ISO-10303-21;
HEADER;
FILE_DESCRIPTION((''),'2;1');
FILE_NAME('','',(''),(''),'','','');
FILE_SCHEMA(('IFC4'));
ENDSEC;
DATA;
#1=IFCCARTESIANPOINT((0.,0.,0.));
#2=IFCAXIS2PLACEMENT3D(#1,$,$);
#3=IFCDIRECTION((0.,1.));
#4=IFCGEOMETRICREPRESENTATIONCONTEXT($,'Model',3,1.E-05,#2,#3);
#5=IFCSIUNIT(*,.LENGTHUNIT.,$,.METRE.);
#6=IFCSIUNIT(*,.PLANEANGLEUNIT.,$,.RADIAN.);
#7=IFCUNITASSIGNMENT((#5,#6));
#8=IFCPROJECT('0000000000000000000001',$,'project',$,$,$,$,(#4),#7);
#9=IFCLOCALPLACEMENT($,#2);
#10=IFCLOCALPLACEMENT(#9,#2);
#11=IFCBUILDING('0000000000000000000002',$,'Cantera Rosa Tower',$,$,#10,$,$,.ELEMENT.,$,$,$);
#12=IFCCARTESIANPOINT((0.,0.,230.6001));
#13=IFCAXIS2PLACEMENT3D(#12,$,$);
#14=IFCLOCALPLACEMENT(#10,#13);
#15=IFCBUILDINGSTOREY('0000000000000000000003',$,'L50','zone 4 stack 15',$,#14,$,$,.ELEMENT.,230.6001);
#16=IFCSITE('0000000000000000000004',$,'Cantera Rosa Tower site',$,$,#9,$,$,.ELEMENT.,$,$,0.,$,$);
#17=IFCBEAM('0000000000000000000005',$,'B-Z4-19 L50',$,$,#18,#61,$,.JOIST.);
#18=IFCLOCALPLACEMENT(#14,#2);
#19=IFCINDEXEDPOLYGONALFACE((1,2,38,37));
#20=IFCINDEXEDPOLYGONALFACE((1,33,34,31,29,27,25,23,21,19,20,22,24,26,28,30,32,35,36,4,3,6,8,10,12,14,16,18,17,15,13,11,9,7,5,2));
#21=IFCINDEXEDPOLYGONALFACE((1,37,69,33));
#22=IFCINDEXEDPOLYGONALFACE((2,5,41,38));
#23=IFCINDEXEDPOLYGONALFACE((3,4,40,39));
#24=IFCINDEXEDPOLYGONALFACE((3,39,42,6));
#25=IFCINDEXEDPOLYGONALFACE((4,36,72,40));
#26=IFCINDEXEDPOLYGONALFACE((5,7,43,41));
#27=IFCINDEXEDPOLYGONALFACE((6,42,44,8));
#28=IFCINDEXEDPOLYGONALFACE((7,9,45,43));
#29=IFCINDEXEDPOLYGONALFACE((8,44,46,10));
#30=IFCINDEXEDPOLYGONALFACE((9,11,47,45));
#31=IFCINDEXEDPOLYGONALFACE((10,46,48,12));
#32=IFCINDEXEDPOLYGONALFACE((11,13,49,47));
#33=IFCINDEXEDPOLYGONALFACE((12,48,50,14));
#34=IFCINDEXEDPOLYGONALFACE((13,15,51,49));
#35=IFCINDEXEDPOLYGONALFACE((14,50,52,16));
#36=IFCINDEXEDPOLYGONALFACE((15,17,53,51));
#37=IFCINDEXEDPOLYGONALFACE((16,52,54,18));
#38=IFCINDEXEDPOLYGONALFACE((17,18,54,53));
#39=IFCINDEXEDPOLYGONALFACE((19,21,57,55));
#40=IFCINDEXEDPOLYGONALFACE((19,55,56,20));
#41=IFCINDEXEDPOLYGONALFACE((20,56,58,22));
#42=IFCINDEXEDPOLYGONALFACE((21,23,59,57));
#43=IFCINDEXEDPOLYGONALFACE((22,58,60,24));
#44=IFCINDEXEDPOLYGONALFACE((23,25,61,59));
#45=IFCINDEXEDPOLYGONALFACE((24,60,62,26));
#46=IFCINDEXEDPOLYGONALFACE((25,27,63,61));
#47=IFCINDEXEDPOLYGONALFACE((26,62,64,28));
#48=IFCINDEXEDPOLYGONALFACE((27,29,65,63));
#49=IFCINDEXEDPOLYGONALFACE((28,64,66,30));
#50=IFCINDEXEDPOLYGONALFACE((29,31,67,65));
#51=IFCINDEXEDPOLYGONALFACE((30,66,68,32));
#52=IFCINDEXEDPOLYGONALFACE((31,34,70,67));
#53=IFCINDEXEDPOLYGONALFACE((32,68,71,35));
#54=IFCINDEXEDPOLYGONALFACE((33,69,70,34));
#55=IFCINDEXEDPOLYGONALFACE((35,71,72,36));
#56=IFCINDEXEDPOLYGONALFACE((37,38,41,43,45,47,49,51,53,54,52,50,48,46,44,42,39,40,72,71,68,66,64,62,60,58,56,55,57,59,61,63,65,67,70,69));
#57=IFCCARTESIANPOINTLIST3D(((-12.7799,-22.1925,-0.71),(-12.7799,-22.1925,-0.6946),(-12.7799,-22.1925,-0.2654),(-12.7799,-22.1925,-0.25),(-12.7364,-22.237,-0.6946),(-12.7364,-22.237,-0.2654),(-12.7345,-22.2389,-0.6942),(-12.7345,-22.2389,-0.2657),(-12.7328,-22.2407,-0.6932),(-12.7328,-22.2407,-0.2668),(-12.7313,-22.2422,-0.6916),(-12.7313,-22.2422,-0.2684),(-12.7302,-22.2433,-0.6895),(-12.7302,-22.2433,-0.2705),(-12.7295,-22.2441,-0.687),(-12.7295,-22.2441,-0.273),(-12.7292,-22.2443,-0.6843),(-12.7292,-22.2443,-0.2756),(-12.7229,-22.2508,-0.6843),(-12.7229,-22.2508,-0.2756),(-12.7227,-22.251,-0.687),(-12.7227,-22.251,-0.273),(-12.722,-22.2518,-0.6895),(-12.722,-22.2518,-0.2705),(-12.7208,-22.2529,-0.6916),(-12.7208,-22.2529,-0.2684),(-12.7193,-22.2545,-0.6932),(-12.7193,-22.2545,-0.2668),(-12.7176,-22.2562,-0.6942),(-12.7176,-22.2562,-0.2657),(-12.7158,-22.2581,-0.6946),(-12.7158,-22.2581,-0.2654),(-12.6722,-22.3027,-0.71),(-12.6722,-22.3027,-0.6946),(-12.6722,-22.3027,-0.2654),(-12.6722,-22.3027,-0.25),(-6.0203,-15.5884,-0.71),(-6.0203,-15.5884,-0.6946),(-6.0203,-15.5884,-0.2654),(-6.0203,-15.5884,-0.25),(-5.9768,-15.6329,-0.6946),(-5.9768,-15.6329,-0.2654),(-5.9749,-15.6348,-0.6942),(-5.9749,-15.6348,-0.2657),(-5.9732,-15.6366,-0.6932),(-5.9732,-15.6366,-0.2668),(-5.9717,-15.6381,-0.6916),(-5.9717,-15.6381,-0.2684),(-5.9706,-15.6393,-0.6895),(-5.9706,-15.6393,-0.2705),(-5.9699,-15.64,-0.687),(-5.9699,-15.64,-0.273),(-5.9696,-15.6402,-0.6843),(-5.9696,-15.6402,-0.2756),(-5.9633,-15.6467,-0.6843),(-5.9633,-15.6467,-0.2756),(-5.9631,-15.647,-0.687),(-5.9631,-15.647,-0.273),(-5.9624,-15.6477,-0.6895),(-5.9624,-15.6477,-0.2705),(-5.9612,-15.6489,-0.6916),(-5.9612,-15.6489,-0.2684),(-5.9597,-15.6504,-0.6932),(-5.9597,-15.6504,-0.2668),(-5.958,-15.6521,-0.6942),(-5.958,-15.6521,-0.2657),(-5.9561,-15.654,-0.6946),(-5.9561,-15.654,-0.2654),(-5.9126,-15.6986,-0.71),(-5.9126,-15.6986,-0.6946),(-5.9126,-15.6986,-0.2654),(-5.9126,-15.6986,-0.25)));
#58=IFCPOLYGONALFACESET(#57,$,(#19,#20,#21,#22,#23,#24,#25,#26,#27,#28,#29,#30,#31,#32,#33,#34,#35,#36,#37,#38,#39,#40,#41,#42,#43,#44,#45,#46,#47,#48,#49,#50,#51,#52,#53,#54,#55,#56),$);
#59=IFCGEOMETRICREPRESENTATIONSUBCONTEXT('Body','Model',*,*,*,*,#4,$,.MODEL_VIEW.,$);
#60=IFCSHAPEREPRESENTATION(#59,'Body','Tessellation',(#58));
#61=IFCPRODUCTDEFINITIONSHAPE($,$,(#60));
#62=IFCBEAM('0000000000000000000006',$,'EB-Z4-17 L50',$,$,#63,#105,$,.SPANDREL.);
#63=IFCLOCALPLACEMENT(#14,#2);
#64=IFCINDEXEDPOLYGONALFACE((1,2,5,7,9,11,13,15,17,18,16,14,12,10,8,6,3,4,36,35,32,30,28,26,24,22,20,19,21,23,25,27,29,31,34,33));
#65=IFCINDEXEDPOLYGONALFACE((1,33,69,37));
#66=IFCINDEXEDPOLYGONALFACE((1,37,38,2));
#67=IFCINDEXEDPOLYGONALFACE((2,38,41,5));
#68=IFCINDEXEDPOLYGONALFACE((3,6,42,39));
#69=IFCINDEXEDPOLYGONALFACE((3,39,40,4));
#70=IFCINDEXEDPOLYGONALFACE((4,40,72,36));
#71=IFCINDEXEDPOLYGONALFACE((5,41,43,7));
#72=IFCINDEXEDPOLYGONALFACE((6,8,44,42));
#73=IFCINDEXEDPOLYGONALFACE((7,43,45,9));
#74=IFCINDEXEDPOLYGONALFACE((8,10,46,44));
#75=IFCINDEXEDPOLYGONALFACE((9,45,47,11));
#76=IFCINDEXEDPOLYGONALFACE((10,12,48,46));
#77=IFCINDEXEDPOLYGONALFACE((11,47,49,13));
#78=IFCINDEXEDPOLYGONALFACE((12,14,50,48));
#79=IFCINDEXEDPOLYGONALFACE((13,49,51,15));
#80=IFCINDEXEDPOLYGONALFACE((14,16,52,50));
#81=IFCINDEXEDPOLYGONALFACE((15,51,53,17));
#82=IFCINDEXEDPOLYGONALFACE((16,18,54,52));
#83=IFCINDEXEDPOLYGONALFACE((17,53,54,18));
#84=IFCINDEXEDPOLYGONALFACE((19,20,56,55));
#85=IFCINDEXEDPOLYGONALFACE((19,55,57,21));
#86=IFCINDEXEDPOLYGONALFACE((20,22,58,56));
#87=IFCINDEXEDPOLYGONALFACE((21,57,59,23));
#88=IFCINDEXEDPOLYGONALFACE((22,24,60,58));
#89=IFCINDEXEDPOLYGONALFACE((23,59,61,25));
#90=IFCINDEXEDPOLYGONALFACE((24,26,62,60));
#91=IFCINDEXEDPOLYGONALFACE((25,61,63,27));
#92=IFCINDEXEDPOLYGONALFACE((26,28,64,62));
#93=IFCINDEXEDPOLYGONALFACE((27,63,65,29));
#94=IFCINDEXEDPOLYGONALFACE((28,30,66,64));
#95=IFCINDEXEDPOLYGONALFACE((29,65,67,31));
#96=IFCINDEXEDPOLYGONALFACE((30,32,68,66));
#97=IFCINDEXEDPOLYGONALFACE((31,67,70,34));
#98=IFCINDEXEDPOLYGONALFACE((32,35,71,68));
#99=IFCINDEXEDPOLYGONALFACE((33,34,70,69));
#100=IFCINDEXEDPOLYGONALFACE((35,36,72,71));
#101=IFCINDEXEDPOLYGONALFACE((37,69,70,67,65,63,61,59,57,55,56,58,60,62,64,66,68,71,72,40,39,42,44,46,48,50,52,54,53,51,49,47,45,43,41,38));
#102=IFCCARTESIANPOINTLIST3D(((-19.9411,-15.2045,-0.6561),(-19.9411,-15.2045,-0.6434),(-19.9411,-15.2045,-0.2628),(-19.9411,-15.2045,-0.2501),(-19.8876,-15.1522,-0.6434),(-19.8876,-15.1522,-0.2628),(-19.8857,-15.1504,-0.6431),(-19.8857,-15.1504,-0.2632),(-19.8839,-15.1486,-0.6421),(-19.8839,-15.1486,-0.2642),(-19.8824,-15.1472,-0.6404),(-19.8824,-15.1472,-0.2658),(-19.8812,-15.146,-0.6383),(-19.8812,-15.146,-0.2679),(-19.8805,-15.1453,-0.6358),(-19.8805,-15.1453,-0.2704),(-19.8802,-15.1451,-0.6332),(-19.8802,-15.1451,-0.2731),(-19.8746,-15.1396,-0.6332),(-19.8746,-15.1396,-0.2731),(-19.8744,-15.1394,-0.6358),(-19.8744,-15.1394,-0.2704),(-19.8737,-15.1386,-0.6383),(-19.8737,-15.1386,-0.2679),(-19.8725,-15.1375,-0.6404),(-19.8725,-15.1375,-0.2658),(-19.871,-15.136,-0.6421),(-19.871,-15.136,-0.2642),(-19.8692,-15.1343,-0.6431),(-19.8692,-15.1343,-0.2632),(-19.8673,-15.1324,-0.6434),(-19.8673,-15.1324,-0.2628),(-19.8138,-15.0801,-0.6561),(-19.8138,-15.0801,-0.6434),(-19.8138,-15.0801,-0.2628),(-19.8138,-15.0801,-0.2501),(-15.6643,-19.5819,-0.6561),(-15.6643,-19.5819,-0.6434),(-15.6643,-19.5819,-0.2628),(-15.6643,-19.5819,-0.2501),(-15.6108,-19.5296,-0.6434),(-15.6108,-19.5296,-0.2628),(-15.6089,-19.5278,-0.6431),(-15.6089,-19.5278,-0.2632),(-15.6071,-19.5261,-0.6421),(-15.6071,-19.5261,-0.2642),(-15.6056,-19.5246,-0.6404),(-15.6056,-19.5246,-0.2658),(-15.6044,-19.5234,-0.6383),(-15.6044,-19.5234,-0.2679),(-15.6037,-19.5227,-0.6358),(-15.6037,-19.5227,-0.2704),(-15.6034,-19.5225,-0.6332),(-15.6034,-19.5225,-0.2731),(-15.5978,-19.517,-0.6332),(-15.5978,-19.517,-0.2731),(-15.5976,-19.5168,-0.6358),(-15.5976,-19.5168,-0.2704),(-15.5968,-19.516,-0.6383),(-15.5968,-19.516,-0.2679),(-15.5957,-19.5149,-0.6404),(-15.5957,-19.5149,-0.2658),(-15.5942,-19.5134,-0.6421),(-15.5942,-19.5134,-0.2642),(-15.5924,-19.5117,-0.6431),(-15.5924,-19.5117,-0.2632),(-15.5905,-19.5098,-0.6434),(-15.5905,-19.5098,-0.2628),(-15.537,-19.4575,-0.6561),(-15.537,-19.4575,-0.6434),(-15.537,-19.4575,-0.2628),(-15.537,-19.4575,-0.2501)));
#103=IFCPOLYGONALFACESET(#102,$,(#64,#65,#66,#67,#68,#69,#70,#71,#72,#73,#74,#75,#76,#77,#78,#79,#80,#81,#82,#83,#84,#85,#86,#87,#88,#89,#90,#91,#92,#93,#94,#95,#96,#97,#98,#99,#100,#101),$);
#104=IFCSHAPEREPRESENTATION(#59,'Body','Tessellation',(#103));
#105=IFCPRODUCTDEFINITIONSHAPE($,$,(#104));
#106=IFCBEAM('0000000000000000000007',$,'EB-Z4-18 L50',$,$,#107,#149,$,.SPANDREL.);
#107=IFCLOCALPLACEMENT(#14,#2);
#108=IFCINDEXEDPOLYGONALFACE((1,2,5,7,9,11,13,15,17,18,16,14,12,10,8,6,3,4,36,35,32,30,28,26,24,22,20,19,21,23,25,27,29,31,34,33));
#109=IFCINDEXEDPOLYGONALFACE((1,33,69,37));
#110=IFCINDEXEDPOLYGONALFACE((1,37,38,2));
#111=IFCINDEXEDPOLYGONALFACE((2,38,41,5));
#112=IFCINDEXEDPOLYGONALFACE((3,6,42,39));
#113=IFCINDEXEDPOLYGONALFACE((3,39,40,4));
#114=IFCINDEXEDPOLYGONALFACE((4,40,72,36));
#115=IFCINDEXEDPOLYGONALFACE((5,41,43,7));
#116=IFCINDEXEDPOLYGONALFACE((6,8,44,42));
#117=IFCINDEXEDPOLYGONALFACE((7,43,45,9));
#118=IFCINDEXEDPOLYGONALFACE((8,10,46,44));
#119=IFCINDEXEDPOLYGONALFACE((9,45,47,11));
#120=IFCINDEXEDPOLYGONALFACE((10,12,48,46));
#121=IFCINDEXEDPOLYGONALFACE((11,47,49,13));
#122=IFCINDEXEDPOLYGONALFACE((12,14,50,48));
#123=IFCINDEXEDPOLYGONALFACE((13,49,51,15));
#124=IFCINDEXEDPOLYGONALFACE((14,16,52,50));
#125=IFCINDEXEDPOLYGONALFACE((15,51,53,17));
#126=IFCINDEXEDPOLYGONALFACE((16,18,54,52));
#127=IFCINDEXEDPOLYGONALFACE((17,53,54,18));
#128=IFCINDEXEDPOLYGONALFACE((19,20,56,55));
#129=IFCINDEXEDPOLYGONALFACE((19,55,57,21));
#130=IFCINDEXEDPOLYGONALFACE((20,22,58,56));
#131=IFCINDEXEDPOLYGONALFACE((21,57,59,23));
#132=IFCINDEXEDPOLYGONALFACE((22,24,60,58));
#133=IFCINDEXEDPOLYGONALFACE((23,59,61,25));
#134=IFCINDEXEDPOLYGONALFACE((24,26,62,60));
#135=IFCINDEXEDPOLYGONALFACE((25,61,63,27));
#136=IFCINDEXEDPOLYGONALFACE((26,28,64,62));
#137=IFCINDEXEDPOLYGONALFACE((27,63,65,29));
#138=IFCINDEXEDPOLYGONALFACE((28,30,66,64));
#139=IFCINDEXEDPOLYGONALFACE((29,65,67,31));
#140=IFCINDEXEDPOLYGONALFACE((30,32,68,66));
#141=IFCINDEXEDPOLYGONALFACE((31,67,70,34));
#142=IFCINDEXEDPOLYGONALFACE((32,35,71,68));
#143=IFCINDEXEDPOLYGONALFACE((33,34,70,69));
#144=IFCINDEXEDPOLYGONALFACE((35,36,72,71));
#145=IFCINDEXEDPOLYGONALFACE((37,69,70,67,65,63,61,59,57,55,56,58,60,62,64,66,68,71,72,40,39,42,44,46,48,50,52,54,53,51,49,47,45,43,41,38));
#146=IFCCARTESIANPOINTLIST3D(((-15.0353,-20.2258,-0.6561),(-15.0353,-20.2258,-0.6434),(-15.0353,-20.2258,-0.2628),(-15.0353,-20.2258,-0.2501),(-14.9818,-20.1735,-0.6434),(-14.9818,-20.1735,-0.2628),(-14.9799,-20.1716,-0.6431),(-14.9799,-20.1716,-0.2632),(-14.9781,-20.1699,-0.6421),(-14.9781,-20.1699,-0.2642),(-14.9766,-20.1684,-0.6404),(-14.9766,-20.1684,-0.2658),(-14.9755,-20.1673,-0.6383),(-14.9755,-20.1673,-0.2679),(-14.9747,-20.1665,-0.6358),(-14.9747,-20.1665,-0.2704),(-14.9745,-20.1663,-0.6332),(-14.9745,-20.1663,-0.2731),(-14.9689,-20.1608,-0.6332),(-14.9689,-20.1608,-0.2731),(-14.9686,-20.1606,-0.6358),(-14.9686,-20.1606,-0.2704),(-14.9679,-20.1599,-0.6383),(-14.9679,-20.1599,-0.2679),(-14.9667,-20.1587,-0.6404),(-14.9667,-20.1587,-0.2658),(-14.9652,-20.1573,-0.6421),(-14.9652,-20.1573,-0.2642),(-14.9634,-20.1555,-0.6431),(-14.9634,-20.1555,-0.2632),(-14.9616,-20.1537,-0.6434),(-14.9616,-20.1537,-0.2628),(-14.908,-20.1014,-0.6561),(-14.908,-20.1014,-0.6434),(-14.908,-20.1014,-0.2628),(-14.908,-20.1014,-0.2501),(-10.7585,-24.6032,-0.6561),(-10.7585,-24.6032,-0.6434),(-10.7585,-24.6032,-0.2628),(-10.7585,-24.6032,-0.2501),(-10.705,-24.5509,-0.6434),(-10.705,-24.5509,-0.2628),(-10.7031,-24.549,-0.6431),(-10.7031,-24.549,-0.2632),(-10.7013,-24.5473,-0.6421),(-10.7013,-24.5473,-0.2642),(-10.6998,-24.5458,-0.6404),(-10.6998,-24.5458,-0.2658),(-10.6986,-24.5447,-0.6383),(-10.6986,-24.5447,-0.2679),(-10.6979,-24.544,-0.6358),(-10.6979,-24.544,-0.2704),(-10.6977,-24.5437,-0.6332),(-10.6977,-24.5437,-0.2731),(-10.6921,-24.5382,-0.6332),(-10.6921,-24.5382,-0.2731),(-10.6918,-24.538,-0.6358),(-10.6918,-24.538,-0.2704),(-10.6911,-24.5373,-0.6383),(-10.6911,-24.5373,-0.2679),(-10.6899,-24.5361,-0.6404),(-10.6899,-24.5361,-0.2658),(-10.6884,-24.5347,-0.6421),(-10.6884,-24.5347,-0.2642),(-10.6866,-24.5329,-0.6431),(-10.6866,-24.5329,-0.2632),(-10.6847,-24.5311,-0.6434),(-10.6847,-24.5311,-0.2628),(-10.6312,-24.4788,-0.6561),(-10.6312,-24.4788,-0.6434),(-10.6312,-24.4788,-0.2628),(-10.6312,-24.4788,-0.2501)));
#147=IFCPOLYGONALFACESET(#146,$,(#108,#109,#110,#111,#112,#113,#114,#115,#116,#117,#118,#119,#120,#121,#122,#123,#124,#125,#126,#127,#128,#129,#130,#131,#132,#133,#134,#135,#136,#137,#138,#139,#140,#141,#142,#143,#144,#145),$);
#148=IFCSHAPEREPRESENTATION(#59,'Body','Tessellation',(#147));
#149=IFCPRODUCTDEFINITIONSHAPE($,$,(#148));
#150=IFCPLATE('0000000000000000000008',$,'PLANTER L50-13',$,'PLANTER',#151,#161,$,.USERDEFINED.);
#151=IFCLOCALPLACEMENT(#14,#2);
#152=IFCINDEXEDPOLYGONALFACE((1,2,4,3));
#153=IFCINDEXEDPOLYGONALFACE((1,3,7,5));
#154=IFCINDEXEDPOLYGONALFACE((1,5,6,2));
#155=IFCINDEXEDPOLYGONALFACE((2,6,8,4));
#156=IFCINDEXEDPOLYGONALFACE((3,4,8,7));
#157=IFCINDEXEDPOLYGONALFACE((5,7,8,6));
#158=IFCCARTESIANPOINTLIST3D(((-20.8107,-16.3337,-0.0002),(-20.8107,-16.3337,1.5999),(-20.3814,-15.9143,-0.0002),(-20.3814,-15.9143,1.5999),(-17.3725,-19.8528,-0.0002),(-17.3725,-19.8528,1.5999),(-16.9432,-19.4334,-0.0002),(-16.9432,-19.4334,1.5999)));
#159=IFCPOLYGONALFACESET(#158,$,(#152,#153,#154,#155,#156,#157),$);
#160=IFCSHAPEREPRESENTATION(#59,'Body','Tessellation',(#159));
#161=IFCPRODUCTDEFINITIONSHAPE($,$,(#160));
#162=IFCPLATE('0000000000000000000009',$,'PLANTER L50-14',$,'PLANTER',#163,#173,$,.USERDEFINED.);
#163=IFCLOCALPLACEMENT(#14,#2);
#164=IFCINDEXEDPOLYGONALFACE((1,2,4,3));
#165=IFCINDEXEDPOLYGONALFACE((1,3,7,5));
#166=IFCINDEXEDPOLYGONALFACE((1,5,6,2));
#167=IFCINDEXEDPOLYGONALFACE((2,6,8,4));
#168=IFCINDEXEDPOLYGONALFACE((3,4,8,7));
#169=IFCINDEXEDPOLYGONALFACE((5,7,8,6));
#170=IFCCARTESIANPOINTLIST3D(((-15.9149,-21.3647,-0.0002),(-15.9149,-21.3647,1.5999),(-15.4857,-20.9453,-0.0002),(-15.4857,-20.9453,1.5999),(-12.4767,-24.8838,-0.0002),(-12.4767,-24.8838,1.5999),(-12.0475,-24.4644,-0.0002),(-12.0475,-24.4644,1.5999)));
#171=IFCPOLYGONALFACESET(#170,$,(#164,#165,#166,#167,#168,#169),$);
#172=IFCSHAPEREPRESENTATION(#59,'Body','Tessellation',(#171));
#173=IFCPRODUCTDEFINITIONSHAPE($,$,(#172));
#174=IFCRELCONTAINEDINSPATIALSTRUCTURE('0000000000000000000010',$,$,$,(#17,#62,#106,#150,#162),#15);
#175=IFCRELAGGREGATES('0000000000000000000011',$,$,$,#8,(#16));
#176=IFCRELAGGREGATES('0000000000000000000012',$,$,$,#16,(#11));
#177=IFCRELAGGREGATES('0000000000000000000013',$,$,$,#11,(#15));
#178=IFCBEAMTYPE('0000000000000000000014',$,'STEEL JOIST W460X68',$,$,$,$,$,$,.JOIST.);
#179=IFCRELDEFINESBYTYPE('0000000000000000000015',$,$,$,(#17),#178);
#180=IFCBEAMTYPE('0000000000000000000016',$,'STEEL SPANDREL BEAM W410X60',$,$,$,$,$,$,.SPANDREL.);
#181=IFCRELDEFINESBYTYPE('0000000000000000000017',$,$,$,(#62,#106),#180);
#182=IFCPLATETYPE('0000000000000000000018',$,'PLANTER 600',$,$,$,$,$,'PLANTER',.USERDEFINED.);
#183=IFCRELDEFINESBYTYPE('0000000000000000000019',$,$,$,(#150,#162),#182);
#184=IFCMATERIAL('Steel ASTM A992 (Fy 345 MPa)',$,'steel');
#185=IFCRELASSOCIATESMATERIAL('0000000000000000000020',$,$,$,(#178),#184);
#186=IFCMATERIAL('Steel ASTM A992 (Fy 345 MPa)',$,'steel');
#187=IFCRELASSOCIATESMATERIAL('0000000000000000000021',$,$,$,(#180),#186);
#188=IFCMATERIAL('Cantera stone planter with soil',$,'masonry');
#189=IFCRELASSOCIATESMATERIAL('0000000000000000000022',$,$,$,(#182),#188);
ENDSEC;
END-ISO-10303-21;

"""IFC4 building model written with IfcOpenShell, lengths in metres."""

from ifc_helpers import new_model, si_unit, direction, frame, origin, origin_2d, place, context, subcontext, project, spatial, rectangle, i_section, extrude, material, material_profile, profile_set, type_object, element, save


model = new_model("IFC4")

# Units and contexts
model_context = context("Model", 3, precision=1e-05, world=origin(), true_north=direction((0.0, 1.0)))
body_context = subcontext(model_context, "Body", "Model", "MODEL_VIEW")
ifc_project = project(units=[si_unit("LENGTHUNIT", "METRE"), si_unit("PLANEANGLEUNIT", "RADIAN")], contexts=[model_context])

# Site, building, storey
site_placement = place(None, origin())
site = spatial("IfcSite", under=ifc_project, at=site_placement, Name="Cantera Rosa Tower site", CompositionType="ELEMENT", RefElevation=0.0)
building_placement = place(site_placement, origin())
building = spatial("IfcBuilding", under=site, at=building_placement, Name="Cantera Rosa Tower", CompositionType="ELEMENT")
storey_placement = place(building_placement, frame((0.0, 0.0, 230.6001)))
storey = spatial("IfcBuildingStorey", under=building, at=storey_placement, Name="L50", Description="zone 4 stack 15", CompositionType="ELEMENT", Elevation=230.6001)

# Beams
ifc_material_1 = material(Name="Steel ASTM A992 (Fy 345 MPa)", Category="steel")
ifc_material_profile_1 = material_profile(ifc_material_1, i_section(OverallWidth=0.1541, OverallDepth=0.46, WebThickness=0.009, FlangeThickness=0.0154, FilletRadius=0.0103, at=origin_2d()), Name="W460X68")
ifc_profile_set_1 = profile_set([ifc_material_profile_1], Name="Steel ASTM A992 (Fy 345 MPa)")
beam_type_1 = type_object("IfcBeamType", Name="STEEL JOIST W460X68", PredefinedType="JOIST", material=ifc_profile_set_1)
for number, where, z_axis, x_axis, name in (
    (1, (-12.7261, -22.2476, -0.48), (0.715287, 0.698831, 0.0), (-0.698831, 0.715287, 0.0), "B-Z4-19 L50"),
):
    element("IfcBeam", number, at=place(storey_placement, frame(where, z_axis=z_axis, x_axis=x_axis)), inside=storey, type_object=beam_type_1, Name=name, PredefinedType="JOIST", context=body_context, shape_type="SweptSolid", body=[
        extrude(i_section(OverallWidth=0.1541, OverallDepth=0.46, WebThickness=0.009, FlangeThickness=0.0154, FilletRadius=0.0103, at=origin_2d()), origin(), (0.0, 0.0, 1.0), 9.4502),
    ])
ifc_material_2 = material(Name="Steel ASTM A992 (Fy 345 MPa)", Category="steel")
ifc_material_profile_2 = material_profile(ifc_material_2, i_section(OverallWidth=0.178, OverallDepth=0.406, WebThickness=0.0078, FlangeThickness=0.0127, FilletRadius=0.0103, at=origin_2d()), Name="W410X60")
ifc_profile_set_2 = profile_set([ifc_material_profile_2], Name="Steel ASTM A992 (Fy 345 MPa)")
beam_type_2 = type_object("IfcBeamType", Name="STEEL SPANDREL BEAM W410X60", PredefinedType="SPANDREL", material=ifc_profile_set_2)
for number, where, z_axis, x_axis, name in (
    (2, (-19.8774, -15.1423, -0.4531), (0.698841, -0.715277, 0.0), (0.715277, 0.698841, 0.0), "EB-Z4-17 L50"),
    (3, (-14.9717, -20.1636, -0.4531), (0.698841, -0.715277, 0.0), (0.715277, 0.698841, 0.0), "EB-Z4-18 L50"),
):
    element("IfcBeam", number, at=place(storey_placement, frame(where, z_axis=z_axis, x_axis=x_axis)), inside=storey, type_object=beam_type_2, Name=name, PredefinedType="SPANDREL", context=body_context, shape_type="SweptSolid", body=[
        extrude(i_section(OverallWidth=0.178, OverallDepth=0.406, WebThickness=0.0078, FlangeThickness=0.0127, FilletRadius=0.0103, at=origin_2d()), origin(), (0.0, 0.0, 1.0), 6.1199),
    ])

# Plates
ifc_material_3 = material(Name="Cantera stone planter with soil", Category="masonry")
plate_type = type_object("IfcPlateType", Name="PLANTER 600", ElementType="PLANTER", PredefinedType="USERDEFINED", material=ifc_material_3)
for number, where, z_axis, x_axis, name in (
    (4, (-18.877, -17.8835, -0.0002), (0.0, 0.0, 1.0), (0.698832, -0.715286, 0.0), "PLANTER L50-13"),
    (5, (-13.9812, -22.9146, -0.0002), (0.0, 0.0, 1.0), (0.698832, -0.715286, 0.0), "PLANTER L50-14"),
):
    element("IfcPlate", number, at=place(storey_placement, frame(where, z_axis=z_axis, x_axis=x_axis)), inside=storey, type_object=plate_type, Name=name, ObjectType="PLANTER", PredefinedType="USERDEFINED", context=body_context, shape_type="SweptSolid", body=[
        extrude(rectangle(XDim=4.9199, YDim=0.6001, at=origin_2d()), origin(), (0.0, 0.0, 1.0), 1.6001),
    ])

save(model, "model.ifc")
